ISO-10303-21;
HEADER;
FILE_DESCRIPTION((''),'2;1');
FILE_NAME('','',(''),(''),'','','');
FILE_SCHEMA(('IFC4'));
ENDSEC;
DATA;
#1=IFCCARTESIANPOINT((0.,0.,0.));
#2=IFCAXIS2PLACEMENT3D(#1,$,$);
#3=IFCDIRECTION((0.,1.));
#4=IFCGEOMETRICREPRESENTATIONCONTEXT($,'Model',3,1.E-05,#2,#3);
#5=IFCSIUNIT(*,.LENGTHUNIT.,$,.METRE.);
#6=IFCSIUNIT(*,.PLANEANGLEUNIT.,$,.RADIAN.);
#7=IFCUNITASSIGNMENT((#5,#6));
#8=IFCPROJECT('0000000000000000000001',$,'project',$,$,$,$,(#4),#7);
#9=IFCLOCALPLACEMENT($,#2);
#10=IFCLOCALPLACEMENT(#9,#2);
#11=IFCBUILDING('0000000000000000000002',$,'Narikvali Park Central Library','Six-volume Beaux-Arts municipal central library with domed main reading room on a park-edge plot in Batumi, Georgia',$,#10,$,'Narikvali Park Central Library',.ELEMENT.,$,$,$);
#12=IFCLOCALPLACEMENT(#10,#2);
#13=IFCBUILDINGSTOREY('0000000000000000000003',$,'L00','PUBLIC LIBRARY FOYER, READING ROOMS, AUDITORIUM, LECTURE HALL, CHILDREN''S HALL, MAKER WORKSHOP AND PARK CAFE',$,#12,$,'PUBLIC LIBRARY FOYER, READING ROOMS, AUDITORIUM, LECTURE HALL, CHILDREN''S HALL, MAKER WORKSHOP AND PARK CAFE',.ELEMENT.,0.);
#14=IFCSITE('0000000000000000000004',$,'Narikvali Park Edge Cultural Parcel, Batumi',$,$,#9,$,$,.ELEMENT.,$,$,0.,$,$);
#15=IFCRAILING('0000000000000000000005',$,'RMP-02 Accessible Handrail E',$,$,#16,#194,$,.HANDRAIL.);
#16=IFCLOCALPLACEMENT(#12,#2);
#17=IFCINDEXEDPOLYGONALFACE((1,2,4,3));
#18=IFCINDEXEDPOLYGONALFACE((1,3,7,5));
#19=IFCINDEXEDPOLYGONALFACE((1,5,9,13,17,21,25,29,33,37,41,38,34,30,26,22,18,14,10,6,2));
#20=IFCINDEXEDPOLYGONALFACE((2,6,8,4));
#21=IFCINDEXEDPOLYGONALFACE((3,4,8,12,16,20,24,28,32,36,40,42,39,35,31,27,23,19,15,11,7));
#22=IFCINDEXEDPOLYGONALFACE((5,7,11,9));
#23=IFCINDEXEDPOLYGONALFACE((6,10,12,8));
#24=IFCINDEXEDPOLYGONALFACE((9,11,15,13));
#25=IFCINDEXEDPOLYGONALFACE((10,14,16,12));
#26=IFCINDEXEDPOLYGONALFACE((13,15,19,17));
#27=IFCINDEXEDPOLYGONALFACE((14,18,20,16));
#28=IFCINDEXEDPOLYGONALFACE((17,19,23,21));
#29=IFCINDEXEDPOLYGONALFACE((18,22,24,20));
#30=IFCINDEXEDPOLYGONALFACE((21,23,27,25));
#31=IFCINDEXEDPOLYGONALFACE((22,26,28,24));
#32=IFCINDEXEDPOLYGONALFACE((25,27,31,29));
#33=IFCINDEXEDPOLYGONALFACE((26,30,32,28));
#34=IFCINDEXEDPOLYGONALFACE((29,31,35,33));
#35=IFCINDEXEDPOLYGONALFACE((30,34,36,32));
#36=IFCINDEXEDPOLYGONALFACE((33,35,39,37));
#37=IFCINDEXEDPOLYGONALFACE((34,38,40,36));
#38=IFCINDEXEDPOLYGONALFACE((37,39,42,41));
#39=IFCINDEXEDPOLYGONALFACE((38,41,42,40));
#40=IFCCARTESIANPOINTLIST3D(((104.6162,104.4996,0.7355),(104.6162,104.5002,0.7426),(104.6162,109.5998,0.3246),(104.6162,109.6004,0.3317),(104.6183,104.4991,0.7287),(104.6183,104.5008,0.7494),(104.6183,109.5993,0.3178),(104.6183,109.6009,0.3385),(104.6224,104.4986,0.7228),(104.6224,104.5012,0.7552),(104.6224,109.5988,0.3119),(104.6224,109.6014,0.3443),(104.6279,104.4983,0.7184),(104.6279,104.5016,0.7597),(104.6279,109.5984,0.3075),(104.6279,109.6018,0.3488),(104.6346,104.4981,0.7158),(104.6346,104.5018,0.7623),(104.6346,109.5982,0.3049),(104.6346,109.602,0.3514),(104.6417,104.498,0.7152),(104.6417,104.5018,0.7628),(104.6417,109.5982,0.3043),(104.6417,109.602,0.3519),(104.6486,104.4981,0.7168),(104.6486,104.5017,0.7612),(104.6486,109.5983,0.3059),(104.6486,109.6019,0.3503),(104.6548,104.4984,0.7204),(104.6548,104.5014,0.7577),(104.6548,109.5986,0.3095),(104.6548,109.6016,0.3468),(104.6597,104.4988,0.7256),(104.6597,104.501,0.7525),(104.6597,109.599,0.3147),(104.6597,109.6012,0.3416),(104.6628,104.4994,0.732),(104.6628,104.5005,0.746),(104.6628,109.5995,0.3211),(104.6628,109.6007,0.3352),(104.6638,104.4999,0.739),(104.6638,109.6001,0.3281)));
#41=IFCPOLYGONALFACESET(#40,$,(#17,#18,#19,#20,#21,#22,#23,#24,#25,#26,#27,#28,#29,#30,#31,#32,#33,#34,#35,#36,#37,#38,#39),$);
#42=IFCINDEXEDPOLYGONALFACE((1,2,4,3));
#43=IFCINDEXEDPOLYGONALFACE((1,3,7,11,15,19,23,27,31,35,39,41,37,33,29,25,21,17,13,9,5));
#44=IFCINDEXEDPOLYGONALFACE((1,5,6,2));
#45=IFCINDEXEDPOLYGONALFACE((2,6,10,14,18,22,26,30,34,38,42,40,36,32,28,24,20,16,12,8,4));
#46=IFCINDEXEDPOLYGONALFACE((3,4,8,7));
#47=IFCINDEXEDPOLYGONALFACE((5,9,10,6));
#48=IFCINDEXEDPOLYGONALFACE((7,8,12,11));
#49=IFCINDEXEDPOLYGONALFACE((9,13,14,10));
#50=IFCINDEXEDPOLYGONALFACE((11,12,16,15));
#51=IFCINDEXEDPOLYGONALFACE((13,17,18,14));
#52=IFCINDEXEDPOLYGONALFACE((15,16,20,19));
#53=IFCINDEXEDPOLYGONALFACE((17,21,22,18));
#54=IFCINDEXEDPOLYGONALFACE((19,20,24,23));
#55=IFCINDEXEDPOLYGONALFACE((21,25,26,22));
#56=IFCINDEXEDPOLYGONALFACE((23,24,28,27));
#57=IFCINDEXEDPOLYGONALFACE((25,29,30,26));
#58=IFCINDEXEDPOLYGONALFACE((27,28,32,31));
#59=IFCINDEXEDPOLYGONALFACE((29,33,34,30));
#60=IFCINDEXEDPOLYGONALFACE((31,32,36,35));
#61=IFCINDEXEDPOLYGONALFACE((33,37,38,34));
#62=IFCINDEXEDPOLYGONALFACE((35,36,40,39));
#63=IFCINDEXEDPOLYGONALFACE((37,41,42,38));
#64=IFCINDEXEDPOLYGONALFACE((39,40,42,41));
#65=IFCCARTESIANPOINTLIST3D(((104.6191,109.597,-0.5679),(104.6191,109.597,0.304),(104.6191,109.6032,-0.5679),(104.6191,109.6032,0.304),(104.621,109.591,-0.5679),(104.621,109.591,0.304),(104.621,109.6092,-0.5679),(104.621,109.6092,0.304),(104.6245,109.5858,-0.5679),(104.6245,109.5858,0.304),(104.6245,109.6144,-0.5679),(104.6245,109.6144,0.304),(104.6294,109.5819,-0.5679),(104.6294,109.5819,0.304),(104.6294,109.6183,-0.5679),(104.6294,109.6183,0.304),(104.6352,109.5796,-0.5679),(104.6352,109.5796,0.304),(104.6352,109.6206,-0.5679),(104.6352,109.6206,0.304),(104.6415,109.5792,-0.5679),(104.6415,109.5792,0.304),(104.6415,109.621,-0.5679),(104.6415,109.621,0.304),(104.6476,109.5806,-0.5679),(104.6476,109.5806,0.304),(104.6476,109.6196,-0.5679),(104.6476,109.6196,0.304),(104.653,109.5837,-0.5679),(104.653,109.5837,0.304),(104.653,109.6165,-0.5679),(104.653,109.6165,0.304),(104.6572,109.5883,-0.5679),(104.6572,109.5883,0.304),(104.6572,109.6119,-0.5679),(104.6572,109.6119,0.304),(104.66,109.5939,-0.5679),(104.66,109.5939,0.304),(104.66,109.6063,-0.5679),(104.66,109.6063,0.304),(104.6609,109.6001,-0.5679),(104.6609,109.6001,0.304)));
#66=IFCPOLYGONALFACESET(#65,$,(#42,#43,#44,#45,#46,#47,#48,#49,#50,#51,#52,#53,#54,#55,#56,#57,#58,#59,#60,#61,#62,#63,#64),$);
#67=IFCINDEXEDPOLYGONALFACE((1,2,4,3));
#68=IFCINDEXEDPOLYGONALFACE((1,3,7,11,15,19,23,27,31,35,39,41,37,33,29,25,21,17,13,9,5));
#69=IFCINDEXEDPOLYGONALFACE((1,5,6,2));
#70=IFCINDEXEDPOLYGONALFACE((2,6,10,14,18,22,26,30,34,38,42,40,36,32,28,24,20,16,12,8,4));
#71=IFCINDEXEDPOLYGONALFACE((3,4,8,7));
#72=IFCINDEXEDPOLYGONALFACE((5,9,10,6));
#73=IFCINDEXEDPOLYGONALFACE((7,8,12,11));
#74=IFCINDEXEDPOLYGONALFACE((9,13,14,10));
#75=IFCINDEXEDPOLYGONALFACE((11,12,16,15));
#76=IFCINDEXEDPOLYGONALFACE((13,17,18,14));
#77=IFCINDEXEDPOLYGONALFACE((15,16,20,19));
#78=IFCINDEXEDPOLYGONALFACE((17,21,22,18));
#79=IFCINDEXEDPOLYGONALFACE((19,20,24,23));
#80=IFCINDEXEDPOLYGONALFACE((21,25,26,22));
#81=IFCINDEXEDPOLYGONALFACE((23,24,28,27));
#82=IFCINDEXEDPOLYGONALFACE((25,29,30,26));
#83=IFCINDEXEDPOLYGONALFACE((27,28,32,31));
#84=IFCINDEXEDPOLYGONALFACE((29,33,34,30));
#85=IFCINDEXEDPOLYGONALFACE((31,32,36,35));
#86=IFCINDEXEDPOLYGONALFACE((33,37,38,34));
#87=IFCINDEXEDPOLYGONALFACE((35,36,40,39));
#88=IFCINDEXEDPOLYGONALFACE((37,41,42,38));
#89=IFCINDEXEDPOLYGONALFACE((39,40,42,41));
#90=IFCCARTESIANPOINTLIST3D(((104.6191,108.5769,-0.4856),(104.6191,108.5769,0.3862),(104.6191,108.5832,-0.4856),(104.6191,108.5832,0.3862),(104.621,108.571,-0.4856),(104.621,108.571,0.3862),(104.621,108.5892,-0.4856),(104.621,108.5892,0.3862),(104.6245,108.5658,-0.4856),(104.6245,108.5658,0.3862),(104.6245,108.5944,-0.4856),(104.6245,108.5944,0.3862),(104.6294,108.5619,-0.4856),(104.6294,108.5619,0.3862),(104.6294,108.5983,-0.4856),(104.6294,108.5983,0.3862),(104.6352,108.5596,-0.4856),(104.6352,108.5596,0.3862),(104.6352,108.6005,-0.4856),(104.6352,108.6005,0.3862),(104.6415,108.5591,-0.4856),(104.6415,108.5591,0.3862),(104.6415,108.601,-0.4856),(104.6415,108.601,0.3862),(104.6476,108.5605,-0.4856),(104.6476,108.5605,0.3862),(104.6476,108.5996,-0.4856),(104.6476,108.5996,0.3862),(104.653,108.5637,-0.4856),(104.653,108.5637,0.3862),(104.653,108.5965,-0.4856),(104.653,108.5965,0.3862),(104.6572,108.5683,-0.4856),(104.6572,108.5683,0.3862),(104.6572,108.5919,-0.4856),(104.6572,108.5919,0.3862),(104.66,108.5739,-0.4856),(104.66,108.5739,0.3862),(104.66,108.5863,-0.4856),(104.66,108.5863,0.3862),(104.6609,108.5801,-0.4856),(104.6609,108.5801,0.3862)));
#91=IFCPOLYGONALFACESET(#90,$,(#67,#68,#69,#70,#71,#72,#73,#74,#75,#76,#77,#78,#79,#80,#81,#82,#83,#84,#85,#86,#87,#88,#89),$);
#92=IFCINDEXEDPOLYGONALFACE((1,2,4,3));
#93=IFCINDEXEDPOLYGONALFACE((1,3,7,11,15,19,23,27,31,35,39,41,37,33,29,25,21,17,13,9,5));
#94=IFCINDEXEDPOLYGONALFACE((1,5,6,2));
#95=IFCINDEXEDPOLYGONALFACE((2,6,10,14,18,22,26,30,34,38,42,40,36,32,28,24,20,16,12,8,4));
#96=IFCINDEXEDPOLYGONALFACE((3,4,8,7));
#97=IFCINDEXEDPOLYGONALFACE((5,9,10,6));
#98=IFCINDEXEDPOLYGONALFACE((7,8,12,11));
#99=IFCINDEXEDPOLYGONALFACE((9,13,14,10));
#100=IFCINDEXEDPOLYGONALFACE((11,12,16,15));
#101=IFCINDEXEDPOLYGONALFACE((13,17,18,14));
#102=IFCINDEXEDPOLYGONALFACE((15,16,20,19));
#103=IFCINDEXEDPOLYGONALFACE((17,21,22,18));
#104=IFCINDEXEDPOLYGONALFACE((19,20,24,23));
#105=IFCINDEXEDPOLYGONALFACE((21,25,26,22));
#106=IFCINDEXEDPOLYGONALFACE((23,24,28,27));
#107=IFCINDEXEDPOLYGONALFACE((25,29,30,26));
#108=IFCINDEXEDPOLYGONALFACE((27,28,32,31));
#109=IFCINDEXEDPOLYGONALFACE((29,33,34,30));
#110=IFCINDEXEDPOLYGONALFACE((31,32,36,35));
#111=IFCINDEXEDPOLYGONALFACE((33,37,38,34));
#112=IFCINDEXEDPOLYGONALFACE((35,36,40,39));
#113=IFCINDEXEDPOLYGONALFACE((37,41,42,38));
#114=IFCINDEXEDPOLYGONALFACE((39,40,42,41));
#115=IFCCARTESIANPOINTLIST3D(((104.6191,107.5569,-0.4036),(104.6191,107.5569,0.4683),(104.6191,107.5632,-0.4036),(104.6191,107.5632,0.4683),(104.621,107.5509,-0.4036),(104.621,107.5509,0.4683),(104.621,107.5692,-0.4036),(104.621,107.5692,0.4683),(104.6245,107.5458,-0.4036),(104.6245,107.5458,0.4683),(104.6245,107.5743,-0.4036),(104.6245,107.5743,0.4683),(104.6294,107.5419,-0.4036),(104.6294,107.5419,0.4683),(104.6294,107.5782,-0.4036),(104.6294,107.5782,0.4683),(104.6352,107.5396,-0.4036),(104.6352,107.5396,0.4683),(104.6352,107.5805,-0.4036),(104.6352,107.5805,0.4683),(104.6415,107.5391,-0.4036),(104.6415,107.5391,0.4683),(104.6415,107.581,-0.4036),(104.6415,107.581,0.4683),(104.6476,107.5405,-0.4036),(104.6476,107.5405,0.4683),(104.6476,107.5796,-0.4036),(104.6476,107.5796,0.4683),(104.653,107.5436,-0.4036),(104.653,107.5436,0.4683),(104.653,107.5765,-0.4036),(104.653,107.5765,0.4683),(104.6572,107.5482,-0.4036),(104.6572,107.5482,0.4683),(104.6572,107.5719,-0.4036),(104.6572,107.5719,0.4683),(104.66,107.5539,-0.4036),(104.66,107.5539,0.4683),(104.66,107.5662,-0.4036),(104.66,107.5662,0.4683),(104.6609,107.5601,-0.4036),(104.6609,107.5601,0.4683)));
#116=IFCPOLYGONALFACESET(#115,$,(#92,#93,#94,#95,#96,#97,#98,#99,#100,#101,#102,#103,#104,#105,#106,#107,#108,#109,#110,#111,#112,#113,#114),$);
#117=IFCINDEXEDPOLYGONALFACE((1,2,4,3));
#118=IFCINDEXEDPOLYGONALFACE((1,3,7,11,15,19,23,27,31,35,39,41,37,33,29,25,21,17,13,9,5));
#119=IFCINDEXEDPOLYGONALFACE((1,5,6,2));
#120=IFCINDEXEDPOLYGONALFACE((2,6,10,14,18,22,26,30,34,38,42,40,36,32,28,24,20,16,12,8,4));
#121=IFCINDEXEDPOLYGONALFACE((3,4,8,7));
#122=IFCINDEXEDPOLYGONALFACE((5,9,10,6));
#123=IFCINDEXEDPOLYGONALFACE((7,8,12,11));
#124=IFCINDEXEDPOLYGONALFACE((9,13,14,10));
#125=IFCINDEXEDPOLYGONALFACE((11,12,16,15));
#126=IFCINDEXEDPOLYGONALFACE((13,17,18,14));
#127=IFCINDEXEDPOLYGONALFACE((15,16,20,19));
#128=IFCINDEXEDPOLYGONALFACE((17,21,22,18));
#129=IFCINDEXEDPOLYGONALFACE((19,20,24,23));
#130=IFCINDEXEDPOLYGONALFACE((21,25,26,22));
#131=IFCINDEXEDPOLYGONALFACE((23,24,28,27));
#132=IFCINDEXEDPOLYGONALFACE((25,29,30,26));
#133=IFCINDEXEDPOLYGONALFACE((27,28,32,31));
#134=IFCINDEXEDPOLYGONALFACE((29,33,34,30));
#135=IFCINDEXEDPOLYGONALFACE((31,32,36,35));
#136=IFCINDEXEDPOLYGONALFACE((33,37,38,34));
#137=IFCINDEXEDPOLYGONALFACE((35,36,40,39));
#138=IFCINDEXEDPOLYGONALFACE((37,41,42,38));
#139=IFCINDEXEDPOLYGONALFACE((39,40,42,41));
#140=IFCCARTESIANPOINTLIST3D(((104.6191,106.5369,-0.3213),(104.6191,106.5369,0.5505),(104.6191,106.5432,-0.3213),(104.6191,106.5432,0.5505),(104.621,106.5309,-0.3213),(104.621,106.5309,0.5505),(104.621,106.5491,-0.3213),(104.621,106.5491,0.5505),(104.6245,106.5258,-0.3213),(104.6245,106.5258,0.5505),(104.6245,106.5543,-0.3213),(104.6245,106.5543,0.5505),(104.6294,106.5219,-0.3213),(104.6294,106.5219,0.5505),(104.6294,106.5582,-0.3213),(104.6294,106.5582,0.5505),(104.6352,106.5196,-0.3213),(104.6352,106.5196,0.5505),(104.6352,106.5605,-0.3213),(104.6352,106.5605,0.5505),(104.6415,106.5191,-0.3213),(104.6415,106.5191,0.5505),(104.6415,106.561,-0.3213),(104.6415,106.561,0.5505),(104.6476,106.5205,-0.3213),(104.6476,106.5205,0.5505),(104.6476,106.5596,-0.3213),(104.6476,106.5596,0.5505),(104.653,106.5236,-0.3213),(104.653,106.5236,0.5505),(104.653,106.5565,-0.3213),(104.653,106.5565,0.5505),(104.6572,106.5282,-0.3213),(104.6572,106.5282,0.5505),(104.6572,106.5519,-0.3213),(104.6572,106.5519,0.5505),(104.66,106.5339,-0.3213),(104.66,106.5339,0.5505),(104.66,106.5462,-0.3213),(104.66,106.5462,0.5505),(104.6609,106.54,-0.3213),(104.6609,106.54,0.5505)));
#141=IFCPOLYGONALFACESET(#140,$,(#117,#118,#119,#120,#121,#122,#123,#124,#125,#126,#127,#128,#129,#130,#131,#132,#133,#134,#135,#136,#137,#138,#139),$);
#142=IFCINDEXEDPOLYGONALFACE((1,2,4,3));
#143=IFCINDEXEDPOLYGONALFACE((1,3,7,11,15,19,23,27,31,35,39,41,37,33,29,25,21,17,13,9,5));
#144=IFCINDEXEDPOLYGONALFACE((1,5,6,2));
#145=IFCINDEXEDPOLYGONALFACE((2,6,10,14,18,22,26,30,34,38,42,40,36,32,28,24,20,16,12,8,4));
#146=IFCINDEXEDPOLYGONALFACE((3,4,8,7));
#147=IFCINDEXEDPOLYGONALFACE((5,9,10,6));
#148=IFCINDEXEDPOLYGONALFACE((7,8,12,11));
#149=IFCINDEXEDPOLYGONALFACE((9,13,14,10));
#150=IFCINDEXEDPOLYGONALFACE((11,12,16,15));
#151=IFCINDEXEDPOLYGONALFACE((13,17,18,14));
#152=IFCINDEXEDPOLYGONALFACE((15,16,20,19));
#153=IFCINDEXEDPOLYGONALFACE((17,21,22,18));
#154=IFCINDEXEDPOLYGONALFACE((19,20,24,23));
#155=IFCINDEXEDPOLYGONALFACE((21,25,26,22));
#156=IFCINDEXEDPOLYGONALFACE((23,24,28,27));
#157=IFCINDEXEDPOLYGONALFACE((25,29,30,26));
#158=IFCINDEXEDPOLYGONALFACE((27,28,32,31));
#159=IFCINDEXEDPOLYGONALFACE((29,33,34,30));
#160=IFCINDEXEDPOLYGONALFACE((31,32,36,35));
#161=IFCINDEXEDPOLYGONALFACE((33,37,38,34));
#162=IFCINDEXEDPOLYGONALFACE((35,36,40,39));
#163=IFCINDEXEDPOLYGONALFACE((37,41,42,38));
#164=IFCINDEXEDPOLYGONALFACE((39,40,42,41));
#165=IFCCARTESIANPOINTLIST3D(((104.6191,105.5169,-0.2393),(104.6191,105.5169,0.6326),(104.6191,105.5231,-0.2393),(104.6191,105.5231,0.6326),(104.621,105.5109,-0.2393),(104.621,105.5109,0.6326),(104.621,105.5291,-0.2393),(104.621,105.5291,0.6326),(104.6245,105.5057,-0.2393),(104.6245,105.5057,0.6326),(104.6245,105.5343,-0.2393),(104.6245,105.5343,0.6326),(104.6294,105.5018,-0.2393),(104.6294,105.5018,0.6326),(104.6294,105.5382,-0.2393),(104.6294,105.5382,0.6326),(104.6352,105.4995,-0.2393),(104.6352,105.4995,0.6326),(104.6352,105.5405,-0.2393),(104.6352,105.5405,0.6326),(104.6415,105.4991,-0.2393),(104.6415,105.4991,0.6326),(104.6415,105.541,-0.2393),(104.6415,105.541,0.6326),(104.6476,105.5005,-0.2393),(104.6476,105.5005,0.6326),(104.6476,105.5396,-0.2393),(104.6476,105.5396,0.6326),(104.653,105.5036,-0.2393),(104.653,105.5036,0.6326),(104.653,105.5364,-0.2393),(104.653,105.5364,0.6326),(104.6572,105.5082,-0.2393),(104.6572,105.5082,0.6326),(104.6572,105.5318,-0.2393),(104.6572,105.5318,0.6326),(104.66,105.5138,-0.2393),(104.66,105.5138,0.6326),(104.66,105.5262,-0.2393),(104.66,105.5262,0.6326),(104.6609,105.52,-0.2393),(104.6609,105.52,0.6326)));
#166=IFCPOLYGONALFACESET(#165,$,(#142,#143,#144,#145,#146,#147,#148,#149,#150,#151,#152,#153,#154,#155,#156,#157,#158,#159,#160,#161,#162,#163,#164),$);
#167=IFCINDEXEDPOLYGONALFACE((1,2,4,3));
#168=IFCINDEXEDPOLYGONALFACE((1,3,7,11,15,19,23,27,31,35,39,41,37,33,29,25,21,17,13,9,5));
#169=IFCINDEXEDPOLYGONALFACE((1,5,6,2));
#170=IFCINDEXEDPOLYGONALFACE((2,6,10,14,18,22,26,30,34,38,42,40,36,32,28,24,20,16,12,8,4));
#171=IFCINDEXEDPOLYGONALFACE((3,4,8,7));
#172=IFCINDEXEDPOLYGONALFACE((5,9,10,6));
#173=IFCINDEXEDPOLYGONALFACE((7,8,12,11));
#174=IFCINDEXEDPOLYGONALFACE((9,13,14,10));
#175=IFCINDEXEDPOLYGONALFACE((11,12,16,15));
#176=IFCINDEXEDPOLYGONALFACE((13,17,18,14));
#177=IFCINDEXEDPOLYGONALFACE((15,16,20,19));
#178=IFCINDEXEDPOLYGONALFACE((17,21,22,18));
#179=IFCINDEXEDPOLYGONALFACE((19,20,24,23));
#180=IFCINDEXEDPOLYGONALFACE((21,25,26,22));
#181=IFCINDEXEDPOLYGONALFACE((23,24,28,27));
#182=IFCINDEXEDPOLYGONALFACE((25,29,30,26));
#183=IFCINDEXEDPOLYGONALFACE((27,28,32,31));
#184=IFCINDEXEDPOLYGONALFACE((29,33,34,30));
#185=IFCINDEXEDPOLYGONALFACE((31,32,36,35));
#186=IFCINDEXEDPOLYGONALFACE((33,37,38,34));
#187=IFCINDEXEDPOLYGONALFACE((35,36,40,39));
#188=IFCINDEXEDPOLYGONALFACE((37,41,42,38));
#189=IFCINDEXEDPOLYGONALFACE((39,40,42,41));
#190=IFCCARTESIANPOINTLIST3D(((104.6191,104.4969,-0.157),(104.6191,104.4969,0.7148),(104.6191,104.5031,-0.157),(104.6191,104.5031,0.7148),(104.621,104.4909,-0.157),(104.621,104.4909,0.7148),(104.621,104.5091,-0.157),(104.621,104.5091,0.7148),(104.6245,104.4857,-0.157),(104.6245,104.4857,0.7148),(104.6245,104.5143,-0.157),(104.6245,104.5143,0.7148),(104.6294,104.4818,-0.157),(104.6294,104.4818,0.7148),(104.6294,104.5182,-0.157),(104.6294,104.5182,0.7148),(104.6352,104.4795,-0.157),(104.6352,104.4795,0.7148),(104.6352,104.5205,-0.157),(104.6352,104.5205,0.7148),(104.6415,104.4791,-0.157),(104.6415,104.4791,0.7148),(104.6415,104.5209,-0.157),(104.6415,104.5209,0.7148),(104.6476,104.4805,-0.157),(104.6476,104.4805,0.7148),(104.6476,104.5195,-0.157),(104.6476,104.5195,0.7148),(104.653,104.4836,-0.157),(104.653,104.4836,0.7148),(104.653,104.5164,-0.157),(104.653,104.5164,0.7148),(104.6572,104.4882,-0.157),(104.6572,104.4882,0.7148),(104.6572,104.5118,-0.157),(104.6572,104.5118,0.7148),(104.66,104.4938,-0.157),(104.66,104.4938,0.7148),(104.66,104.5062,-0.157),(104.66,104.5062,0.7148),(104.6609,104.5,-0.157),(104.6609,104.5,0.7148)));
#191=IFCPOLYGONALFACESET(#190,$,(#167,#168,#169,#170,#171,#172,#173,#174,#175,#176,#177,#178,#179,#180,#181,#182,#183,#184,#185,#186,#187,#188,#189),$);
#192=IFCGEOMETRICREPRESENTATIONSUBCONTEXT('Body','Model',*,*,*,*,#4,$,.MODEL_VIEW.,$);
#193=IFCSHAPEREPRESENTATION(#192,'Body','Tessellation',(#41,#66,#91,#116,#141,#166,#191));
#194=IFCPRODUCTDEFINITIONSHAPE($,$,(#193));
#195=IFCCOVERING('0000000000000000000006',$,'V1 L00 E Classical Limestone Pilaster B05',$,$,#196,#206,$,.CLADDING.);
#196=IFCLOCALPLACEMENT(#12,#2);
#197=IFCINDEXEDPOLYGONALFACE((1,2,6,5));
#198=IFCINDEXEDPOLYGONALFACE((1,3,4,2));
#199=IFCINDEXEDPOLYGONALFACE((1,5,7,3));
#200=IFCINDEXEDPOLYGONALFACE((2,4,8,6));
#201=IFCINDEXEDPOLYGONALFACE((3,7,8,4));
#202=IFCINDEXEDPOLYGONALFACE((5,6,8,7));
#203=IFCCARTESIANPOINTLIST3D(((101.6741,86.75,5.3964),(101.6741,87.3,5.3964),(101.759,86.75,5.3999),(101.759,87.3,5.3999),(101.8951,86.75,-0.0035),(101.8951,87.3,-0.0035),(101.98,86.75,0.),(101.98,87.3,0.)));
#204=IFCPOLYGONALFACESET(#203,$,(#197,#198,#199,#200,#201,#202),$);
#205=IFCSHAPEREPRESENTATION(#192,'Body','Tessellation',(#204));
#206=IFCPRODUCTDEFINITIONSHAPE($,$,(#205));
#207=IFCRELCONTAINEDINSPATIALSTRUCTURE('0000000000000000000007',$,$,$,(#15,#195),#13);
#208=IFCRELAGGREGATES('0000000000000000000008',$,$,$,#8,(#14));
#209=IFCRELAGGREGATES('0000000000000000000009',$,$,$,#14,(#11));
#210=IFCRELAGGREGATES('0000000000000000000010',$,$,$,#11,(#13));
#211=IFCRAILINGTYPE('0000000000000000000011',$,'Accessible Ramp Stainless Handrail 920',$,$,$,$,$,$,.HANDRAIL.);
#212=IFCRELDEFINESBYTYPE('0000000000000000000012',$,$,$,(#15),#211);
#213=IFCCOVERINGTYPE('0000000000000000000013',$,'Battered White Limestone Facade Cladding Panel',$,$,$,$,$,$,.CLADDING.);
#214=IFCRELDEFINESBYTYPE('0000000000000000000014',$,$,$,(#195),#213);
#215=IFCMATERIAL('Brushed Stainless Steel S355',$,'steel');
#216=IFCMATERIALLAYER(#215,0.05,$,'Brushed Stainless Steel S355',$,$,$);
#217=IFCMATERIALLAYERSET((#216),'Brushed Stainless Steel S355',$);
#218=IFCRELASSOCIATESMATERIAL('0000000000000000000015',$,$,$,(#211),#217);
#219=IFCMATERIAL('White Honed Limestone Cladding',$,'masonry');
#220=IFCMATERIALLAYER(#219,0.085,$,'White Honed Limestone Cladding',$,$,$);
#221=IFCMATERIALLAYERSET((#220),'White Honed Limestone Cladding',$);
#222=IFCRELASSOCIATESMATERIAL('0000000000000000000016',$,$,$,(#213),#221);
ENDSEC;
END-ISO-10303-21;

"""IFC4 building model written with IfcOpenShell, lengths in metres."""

from ifc_helpers import new_model, si_unit, direction, frame, origin, origin_2d, place, context, subcontext, project, spatial, polyline, circle, outline, extrude, material, layer, layer_set, type_object, element, save


model = new_model("IFC4")

# Units and contexts
model_context = context("Model", 3, precision=1e-05, world=origin(), true_north=direction((0.0, 1.0)))
body_context = subcontext(model_context, "Body", "Model", "MODEL_VIEW")
ifc_project = project(units=[si_unit("LENGTHUNIT", "METRE"), si_unit("PLANEANGLEUNIT", "RADIAN")], contexts=[model_context])

# Site, building, storey
site_placement = place(None, origin())
site = spatial("IfcSite", under=ifc_project, at=site_placement, Name="Narikvali Park Edge Cultural Parcel, Batumi", CompositionType="ELEMENT", RefElevation=0.0)
building_placement = place(site_placement, origin())
building = spatial("IfcBuilding", under=site, at=building_placement, Name="Narikvali Park Central Library", Description="Six-volume Beaux-Arts municipal central library with domed main reading room on a park-edge plot in Batumi, Georgia", LongName="Narikvali Park Central Library", CompositionType="ELEMENT")
storey_placement = place(building_placement, origin())
storey = spatial("IfcBuildingStorey", under=building, at=storey_placement, Name="L00", Description="PUBLIC LIBRARY FOYER, READING ROOMS, AUDITORIUM, LECTURE HALL, CHILDREN'S HALL, MAKER WORKSHOP AND PARK CAFE", LongName="PUBLIC LIBRARY FOYER, READING ROOMS, AUDITORIUM, LECTURE HALL, CHILDREN'S HALL, MAKER WORKSHOP AND PARK CAFE", CompositionType="ELEMENT", Elevation=0.0)

# Railing
ifc_material_1 = material(Name="Brushed Stainless Steel S355", Category="steel")
ifc_layer_1 = layer(ifc_material_1, 0.05, Name="Brushed Stainless Steel S355")
ifc_layer_set_1 = layer_set([ifc_layer_1], Name="Brushed Stainless Steel S355")
railing_type_1 = type_object("IfcRailingType", Name="Accessible Ramp Stainless Handrail 920", PredefinedType="HANDRAIL", material=ifc_layer_set_1)
for number, where, name in (
    (1, (104.6399, 109.6001, -0.5679), "RMP-02 Accessible Handrail E"),
):
    element("IfcRailing", number, at=place(storey_placement, frame(where)), inside=storey, type_object=railing_type_1, Name=name, PredefinedType="HANDRAIL", context=body_context, shape_type="SweptSolid", body=[
        extrude(circle(Radius=0.0239, at=origin_2d()), frame((0.0, 0.0, 0.896), z_axis=(0.0, -0.99677, 0.080305), x_axis=(1.0, 0.0, 0.0)), (0.0, 0.0, 1.0), 5.1167),
        extrude(circle(Radius=0.021, at=origin_2d()), origin(), (0.0, 0.0, 1.0), 0.8718),
        extrude(circle(Radius=0.021, at=origin_2d()), frame((0.0, -1.02, 0.0823)), (0.0, 0.0, 1.0), 0.8718),
        extrude(circle(Radius=0.021, at=origin_2d()), frame((0.0, -2.04, 0.1643)), (0.0, 0.0, 1.0), 0.8718),
        extrude(circle(Radius=0.021, at=origin_2d()), frame((0.0, -3.0601, 0.2466)), (0.0, 0.0, 1.0), 0.8718),
        extrude(circle(Radius=0.021, at=origin_2d()), frame((0.0, -4.0801, 0.3286)), (0.0, 0.0, 1.0), 0.8718),
        extrude(circle(Radius=0.021, at=origin_2d()), frame((0.0, -5.1001, 0.4109)), (0.0, 0.0, 1.0), 0.8718),
    ])

# Covering
ifc_material_2 = material(Name="White Honed Limestone Cladding", Category="masonry")
ifc_layer_2 = layer(ifc_material_2, 0.085, Name="White Honed Limestone Cladding")
ifc_layer_set_2 = layer_set([ifc_layer_2], Name="White Honed Limestone Cladding")
covering_type = type_object("IfcCoveringType", Name="Battered White Limestone Facade Cladding Panel", PredefinedType="CLADDING", material=ifc_layer_set_2)
covering_1_placement = place(storey_placement, frame((101.98, 86.75, 0.0), z_axis=(0.999164, 0.0, 0.040883), x_axis=(0.0, 1.0, 0.0)))
element("IfcCovering", 2, at=covering_1_placement, inside=storey, type_object=covering_type, Name="V1 L00 E Classical Limestone Pilaster B05", PredefinedType="CLADDING", context=body_context, shape_type="SweptSolid", body=[
    extrude(outline(polyline([(0.0, 0.0), (0.55, 0.0), (0.55, 5.4044), (0.0, 5.4044), (0.0, 0.0)])), origin(), (0.0, 0.0, -1.0), 0.085),
])

save(model, "model.ifc")
